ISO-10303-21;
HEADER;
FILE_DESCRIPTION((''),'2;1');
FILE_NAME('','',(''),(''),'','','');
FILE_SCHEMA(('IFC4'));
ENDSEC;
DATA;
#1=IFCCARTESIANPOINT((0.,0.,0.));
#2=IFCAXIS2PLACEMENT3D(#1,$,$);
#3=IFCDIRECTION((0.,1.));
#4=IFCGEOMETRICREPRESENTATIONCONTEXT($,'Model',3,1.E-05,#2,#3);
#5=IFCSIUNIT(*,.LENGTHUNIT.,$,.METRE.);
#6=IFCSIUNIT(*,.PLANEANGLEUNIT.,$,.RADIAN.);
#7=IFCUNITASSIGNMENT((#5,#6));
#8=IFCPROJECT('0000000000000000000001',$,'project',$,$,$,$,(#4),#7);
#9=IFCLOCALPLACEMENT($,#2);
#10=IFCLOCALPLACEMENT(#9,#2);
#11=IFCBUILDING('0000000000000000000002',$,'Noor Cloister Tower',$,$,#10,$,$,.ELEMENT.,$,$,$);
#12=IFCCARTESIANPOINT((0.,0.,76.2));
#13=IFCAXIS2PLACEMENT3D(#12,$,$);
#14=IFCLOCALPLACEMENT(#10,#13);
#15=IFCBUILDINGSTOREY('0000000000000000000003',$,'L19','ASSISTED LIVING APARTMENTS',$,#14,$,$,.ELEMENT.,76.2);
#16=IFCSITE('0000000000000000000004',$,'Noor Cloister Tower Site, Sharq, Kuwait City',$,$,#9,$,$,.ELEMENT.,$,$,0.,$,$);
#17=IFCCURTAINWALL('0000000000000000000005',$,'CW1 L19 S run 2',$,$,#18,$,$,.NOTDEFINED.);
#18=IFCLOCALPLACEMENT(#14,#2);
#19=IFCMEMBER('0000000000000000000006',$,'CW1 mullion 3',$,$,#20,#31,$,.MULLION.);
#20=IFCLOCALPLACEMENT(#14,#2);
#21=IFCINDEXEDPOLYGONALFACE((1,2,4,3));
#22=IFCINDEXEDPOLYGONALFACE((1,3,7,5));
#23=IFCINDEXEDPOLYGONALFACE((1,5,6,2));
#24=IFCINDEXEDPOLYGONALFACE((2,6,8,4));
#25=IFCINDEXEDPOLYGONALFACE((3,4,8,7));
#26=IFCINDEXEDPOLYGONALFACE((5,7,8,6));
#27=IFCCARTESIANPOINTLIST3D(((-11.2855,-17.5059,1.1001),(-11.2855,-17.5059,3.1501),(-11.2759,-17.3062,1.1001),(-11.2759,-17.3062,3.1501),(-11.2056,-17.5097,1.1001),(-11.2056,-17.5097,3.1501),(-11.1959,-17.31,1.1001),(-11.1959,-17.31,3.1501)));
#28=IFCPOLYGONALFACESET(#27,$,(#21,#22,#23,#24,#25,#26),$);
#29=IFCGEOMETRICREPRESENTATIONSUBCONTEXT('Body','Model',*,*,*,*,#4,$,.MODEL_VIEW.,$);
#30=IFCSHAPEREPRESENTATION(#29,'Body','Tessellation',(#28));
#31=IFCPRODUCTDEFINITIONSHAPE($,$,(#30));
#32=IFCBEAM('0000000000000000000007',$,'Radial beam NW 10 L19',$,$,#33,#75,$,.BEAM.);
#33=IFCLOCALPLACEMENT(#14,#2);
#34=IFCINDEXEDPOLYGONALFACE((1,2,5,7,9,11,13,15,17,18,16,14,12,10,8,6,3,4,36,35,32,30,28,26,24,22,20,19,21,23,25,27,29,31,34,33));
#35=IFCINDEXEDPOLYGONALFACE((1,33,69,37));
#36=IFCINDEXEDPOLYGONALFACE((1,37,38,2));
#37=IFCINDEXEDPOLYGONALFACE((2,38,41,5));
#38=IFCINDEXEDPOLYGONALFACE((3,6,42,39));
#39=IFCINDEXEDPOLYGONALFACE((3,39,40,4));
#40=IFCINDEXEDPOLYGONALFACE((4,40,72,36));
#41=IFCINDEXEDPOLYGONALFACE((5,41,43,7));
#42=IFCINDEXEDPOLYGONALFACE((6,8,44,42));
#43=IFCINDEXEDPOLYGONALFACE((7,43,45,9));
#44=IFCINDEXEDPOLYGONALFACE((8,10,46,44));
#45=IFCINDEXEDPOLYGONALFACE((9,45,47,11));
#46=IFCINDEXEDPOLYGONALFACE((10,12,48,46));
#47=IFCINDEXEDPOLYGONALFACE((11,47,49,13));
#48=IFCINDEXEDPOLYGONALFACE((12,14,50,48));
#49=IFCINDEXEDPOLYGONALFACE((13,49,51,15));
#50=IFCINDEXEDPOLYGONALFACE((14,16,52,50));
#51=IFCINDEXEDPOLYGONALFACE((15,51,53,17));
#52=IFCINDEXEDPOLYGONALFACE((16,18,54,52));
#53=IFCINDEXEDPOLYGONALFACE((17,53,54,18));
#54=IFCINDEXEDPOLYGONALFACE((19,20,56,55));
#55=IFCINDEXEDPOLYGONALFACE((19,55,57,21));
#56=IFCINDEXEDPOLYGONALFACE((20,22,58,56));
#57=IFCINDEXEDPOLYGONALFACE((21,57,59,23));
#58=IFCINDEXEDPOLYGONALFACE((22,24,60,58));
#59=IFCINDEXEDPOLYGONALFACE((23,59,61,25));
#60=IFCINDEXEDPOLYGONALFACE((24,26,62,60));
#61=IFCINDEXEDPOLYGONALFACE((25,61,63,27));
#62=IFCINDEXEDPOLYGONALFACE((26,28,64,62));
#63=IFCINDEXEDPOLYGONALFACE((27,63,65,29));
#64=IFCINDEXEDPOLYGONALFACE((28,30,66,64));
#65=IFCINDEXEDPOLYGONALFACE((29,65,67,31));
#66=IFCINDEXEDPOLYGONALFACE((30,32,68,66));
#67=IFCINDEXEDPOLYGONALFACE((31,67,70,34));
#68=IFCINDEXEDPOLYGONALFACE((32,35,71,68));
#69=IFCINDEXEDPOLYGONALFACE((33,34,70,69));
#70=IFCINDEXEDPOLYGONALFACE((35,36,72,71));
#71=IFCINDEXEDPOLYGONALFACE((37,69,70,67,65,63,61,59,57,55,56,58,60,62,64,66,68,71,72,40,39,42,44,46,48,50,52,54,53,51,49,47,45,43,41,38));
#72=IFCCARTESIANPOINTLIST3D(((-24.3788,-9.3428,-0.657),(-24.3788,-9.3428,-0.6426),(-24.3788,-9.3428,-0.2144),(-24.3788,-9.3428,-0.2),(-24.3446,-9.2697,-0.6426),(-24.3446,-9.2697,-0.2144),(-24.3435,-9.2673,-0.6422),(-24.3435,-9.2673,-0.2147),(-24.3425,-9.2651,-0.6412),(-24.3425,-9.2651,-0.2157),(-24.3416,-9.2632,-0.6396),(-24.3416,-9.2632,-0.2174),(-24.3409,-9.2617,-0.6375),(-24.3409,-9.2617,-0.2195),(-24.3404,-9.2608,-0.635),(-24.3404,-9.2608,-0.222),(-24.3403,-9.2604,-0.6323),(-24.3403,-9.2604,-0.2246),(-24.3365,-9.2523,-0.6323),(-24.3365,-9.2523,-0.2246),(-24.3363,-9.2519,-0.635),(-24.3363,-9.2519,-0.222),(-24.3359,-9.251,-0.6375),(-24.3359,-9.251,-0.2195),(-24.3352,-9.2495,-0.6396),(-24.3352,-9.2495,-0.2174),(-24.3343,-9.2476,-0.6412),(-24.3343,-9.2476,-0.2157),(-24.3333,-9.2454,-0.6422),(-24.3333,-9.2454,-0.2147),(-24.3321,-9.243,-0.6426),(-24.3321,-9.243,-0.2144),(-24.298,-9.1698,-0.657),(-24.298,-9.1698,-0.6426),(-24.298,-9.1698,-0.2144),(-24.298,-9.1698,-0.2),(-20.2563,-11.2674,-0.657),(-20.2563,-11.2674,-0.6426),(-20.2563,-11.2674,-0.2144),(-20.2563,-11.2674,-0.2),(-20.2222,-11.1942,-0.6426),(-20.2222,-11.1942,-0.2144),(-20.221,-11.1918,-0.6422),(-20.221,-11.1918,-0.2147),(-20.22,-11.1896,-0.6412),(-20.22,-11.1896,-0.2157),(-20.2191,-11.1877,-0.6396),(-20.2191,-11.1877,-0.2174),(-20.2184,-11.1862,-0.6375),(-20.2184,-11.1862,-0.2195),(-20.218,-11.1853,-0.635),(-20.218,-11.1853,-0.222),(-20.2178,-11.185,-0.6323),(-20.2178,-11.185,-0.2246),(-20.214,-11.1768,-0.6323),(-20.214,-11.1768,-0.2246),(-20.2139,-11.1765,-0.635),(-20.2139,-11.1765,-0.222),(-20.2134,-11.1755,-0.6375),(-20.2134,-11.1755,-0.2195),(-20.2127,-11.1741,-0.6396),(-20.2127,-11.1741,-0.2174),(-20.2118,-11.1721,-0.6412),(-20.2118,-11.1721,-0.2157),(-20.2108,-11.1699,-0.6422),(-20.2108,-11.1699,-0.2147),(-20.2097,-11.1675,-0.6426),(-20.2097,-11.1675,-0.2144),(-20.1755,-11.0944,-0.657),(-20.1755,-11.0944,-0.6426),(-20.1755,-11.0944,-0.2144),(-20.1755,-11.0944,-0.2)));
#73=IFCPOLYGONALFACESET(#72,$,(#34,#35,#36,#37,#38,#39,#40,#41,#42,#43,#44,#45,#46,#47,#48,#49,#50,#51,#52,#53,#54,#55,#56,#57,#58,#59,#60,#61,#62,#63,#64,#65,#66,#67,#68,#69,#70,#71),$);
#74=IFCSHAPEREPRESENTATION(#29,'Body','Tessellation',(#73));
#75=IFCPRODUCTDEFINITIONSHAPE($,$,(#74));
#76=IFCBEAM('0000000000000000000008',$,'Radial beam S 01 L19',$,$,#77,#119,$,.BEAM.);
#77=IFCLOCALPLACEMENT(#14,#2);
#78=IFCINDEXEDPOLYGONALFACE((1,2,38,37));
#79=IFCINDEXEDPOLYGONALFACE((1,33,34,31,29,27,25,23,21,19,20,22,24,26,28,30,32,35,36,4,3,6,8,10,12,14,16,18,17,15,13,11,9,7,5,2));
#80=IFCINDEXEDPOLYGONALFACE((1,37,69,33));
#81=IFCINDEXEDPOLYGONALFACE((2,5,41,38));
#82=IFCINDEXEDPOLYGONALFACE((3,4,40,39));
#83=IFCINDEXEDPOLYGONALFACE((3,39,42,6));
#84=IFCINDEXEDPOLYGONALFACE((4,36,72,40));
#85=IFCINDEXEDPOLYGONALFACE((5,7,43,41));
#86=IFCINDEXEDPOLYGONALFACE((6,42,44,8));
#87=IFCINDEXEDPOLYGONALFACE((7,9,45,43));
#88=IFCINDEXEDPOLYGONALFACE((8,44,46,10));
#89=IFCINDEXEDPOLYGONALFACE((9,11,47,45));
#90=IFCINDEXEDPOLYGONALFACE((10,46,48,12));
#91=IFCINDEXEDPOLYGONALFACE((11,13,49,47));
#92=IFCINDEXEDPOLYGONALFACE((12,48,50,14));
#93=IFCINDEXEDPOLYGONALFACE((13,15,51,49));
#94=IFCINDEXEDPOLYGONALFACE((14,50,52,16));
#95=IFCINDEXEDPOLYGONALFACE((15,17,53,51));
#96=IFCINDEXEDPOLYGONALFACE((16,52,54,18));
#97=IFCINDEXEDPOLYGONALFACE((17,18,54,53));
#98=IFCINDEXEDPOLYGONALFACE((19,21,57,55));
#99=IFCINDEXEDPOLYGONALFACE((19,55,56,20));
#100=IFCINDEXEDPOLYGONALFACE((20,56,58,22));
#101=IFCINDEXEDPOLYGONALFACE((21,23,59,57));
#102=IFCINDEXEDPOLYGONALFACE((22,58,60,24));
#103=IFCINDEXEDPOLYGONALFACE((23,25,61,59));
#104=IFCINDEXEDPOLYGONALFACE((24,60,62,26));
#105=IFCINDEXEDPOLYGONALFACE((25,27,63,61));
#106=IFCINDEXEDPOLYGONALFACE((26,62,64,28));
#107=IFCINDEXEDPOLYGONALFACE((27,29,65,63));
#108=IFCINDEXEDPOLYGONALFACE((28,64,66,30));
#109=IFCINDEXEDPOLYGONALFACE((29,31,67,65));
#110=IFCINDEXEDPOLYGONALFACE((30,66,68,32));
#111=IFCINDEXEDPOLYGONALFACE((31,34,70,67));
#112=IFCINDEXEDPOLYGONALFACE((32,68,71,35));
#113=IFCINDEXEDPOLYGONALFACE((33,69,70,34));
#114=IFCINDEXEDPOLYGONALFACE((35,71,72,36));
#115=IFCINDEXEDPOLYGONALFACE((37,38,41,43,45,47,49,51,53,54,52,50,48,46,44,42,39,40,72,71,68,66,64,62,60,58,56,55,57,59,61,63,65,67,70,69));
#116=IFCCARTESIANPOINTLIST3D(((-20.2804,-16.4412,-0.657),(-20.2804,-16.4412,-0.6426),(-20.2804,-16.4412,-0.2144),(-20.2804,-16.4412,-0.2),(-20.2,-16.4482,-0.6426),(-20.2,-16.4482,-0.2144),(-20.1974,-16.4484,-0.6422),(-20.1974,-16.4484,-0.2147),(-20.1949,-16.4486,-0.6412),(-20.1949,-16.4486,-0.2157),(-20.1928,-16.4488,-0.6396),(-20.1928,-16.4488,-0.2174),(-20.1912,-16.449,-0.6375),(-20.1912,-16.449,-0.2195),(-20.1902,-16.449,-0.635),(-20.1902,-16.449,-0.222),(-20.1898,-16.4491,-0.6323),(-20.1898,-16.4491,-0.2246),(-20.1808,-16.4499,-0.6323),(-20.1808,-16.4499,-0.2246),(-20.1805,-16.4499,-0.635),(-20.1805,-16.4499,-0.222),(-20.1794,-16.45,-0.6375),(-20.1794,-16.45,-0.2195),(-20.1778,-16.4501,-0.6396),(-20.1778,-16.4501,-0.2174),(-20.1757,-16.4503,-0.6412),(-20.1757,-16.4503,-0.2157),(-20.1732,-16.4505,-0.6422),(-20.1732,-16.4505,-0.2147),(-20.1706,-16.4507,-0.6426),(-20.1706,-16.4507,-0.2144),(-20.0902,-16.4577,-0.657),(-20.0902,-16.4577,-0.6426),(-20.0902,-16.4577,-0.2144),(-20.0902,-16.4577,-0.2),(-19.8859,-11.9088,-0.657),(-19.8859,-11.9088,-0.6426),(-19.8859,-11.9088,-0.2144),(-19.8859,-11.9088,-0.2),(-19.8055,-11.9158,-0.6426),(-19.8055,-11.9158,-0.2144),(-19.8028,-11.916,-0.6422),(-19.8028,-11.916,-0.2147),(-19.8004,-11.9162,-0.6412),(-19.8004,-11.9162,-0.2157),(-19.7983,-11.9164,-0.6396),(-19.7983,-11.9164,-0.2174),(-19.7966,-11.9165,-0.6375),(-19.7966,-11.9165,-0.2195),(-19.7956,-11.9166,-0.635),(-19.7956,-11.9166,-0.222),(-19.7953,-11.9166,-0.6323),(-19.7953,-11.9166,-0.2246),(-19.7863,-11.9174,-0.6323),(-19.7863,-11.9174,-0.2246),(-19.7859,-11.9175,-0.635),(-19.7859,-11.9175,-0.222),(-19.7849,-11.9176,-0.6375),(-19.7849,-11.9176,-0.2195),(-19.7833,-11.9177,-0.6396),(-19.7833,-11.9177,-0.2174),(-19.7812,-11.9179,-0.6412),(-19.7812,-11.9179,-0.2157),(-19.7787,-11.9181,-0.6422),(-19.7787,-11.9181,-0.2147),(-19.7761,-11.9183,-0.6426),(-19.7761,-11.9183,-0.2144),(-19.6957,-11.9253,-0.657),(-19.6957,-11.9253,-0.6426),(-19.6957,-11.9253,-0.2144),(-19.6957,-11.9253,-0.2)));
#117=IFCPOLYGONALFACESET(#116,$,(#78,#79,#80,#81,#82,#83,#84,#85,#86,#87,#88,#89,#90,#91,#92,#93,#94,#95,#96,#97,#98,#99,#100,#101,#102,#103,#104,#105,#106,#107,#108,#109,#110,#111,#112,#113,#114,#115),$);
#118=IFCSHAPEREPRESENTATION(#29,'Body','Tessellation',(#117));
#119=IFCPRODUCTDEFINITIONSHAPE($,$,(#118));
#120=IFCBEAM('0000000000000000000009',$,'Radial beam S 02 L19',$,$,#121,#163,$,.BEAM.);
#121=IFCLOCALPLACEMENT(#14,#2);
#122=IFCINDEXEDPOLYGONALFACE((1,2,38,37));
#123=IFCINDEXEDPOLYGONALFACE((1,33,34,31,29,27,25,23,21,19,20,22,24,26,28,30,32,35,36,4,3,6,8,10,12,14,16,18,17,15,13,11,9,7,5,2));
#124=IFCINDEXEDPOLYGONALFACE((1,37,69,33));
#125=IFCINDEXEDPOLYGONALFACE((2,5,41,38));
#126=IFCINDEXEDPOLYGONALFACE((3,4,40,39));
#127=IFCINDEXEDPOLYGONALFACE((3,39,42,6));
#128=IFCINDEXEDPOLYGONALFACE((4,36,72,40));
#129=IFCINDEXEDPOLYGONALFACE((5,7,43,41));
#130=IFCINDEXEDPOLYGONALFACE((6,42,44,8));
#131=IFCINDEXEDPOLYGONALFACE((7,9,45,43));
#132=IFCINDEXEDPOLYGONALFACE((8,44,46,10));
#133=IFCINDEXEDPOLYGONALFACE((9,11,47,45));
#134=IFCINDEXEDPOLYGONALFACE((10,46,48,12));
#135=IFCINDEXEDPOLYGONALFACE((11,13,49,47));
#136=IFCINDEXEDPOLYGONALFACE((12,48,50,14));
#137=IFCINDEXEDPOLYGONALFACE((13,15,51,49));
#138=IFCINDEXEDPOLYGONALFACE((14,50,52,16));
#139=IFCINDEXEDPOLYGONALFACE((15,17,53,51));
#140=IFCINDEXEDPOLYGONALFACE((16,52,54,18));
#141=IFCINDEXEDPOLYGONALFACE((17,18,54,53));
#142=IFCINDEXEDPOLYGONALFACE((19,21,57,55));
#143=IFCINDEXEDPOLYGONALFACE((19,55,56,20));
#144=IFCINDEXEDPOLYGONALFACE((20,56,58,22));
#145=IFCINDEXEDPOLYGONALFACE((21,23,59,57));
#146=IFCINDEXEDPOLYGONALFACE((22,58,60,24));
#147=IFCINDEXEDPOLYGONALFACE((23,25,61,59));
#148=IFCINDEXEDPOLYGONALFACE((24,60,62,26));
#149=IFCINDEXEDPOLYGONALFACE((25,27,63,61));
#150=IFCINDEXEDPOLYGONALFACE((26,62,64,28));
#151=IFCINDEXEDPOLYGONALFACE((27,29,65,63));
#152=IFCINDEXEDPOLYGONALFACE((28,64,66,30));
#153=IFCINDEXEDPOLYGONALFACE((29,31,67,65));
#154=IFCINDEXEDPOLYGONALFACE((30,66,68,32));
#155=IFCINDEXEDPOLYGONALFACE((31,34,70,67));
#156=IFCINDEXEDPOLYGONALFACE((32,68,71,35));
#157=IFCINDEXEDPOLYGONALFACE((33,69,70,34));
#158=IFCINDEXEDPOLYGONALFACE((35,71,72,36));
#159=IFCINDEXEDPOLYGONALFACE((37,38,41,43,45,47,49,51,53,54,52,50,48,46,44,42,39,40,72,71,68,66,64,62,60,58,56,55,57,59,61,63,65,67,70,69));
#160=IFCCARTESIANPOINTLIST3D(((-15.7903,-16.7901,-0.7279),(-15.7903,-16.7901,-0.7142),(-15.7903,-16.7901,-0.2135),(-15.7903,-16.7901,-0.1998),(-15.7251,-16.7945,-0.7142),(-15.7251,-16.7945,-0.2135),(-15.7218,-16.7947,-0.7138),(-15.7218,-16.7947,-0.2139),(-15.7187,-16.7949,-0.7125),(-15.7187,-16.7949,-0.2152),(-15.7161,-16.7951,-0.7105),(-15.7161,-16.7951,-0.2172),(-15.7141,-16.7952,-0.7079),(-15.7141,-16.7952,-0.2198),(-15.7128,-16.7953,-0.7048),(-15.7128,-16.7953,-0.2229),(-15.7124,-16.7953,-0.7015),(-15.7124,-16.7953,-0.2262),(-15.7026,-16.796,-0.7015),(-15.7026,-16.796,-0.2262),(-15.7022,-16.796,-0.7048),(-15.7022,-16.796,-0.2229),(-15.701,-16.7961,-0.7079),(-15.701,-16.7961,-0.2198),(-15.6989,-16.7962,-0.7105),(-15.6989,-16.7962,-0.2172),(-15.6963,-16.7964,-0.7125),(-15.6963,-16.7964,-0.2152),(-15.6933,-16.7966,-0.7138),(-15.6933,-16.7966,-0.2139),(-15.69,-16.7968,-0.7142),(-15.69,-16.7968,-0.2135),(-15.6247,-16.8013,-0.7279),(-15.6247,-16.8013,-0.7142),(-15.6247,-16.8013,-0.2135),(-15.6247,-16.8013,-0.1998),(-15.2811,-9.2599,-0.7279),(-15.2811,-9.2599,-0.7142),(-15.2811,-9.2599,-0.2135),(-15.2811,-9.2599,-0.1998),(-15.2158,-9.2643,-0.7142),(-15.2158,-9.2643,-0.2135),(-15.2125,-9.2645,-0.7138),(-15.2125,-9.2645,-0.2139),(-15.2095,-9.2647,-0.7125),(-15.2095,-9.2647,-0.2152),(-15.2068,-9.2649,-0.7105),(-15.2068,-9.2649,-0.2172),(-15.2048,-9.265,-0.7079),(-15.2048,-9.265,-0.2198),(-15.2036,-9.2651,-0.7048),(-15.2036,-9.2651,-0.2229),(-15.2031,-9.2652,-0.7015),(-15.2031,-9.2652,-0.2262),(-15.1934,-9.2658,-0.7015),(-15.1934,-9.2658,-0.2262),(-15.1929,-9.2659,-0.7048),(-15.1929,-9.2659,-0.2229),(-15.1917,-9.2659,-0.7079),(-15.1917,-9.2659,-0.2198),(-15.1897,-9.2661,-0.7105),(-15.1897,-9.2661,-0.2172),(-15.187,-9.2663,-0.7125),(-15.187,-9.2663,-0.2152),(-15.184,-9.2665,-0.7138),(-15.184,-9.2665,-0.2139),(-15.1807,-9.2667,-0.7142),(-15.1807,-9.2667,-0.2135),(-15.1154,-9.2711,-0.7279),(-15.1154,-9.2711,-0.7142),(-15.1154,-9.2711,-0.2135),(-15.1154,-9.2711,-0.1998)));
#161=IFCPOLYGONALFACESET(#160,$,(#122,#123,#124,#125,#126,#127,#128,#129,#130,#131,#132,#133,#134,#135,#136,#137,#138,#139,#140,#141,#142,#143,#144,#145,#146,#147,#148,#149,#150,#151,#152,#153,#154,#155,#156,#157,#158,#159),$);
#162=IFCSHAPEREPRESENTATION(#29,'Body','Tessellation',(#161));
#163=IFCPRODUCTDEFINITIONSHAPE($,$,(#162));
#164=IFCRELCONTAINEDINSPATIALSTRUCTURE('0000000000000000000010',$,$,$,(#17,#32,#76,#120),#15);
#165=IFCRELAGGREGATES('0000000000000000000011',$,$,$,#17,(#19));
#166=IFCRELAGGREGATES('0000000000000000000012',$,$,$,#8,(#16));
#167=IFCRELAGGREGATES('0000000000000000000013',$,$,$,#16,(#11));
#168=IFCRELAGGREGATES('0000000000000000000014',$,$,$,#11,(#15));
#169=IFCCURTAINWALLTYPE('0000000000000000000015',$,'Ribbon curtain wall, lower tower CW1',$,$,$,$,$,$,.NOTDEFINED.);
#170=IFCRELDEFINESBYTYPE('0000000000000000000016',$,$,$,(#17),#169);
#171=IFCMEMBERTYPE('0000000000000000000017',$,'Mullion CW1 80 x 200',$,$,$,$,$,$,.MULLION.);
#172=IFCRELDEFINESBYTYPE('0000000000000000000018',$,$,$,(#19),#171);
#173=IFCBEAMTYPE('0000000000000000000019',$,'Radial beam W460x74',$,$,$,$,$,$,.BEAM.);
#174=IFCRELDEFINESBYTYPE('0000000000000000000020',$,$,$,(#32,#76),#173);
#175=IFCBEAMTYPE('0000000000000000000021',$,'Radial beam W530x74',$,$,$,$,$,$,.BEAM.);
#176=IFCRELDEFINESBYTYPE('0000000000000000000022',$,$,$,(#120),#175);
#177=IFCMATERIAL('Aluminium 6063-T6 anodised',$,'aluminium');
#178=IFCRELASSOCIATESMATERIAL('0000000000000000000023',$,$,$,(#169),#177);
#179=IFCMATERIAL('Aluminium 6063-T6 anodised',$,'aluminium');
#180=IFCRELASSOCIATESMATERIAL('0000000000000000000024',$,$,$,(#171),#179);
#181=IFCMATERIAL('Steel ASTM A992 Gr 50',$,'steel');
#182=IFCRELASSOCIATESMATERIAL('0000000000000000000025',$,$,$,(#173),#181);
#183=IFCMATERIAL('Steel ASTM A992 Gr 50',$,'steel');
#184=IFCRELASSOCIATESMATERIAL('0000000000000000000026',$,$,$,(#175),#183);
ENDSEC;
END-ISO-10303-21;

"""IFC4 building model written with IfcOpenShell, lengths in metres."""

from ifc_helpers import new_model, si_unit, direction, frame, origin, origin_2d, place, context, subcontext, project, spatial, rectangle, i_section, extrude, material, material_profile, profile_set, type_object, element, aggregate, save


model = new_model("IFC4")

# Units and contexts
model_context = context("Model", 3, precision=1e-05, world=origin(), true_north=direction((0.0, 1.0)))
body_context = subcontext(model_context, "Body", "Model", "MODEL_VIEW")
ifc_project = project(units=[si_unit("LENGTHUNIT", "METRE"), si_unit("PLANEANGLEUNIT", "RADIAN")], contexts=[model_context])

# Site, building, storey
site_placement = place(None, origin())
site = spatial("IfcSite", under=ifc_project, at=site_placement, Name="Noor Cloister Tower Site, Sharq, Kuwait City", CompositionType="ELEMENT", RefElevation=0.0)
building_placement = place(site_placement, origin())
building = spatial("IfcBuilding", under=site, at=building_placement, Name="Noor Cloister Tower", CompositionType="ELEMENT")
storey_placement = place(building_placement, frame((0.0, 0.0, 76.2)))
storey = spatial("IfcBuildingStorey", under=building, at=storey_placement, Name="L19", Description="ASSISTED LIVING APARTMENTS", CompositionType="ELEMENT", Elevation=76.2)

# Shared definitions
ifc_material_1 = material(Name="Aluminium 6063-T6 anodised", Category="aluminium")
curtain_wall_type = type_object("IfcCurtainWallType", Name="Ribbon curtain wall, lower tower CW1", PredefinedType="NOTDEFINED", material=ifc_material_1)
ifc_material_2 = material(Name="Aluminium 6063-T6 anodised", Category="aluminium")
ifc_material_profile_1 = material_profile(ifc_material_2, rectangle(XDim=0.2, YDim=0.0801, at=origin_2d()), Name="200 x 80 mullion")
ifc_profile_set_1 = profile_set([ifc_material_profile_1], Name="Aluminium 6063-T6 anodised")
member_type = type_object("IfcMemberType", Name="Mullion CW1 80 x 200", PredefinedType="MULLION", material=ifc_profile_set_1)

# Curtain wall, member
curtain_wall_1_placement = place(storey_placement, origin())
curtain_wall_1 = element("IfcCurtainWall", 1, at=curtain_wall_1_placement, inside=storey, type_object=curtain_wall_type, Name="CW1 L19 S run 2", PredefinedType="NOTDEFINED")
member_1_placement = place(storey_placement, frame((-11.2407, -17.408, 1.1001), z_axis=(0.0, 0.0, 1.0), x_axis=(0.048212, 0.998837, 0.0)))
member_1 = element("IfcMember", 2, at=member_1_placement, type_object=member_type, Name="CW1 mullion 3", PredefinedType="MULLION", context=body_context, shape_type="SweptSolid", body=[
    extrude(rectangle(XDim=0.2, YDim=0.0801, at=origin_2d()), origin(), (0.0, 0.0, 1.0), 2.05),
])

# Beams
ifc_material_3 = material(Name="Steel ASTM A992 Gr 50", Category="steel")
ifc_material_profile_2 = material_profile(ifc_material_3, i_section(OverallWidth=0.1909, OverallDepth=0.457, WebThickness=0.009, FlangeThickness=0.0144, FilletRadius=0.0103, at=origin_2d()), Name="W460x74")
ifc_profile_set_2 = profile_set([ifc_material_profile_2], Name="Steel ASTM A992 Gr 50")
beam_type_1 = type_object("IfcBeamType", Name="Radial beam W460x74", PredefinedType="BEAM", material=ifc_profile_set_2)
for number, where, z_axis, x_axis, name in (
    (3, (-24.3384, -9.2563, -0.4285), (0.906124, -0.423012, 0.0), (0.423012, 0.906124, 0.0), "Radial beam NW 10 L19"),
    (4, (-20.1853, -16.4495, -0.4285), (0.086718, 0.996233, 0.0), (-0.996233, 0.086718, 0.0), "Radial beam S 01 L19"),
):
    element("IfcBeam", number, at=place(storey_placement, frame(where, z_axis=z_axis, x_axis=x_axis)), inside=storey, type_object=beam_type_1, Name=name, PredefinedType="BEAM", context=body_context, shape_type="SweptSolid", body=[
        extrude(i_section(OverallWidth=0.1909, OverallDepth=0.457, WebThickness=0.009, FlangeThickness=0.0144, FilletRadius=0.0103, at=origin_2d()), origin(), (0.0, 0.0, 1.0), 4.5496),
    ])
ifc_material_4 = material(Name="Steel ASTM A992 Gr 50", Category="steel")
ifc_material_profile_3 = material_profile(ifc_material_4, i_section(OverallWidth=0.166, OverallDepth=0.5281, WebThickness=0.0098, FlangeThickness=0.0137, FilletRadius=0.0127, at=origin_2d()), Name="W530x74")
ifc_profile_set_3 = profile_set([ifc_material_profile_3], Name="Steel ASTM A992 Gr 50")
beam_type_2 = type_object("IfcBeamType", Name="Radial beam W530x74", PredefinedType="BEAM", material=ifc_profile_set_3)
beam_1_placement = place(storey_placement, frame((-15.7075, -16.7957, -0.4639), z_axis=(0.067477, 0.997721, 0.0), x_axis=(-0.997721, 0.067477, 0.0)))
element("IfcBeam", 5, at=beam_1_placement, inside=storey, type_object=beam_type_2, Name="Radial beam S 02 L19", PredefinedType="BEAM", context=body_context, shape_type="SweptSolid", body=[
    extrude(i_section(OverallWidth=0.166, OverallDepth=0.5281, WebThickness=0.0098, FlangeThickness=0.0137, FilletRadius=0.0127, at=origin_2d()), origin(), (0.0, 0.0, 1.0), 7.5474),
])

aggregate(curtain_wall_1, [member_1])

save(model, "model.ifc")
